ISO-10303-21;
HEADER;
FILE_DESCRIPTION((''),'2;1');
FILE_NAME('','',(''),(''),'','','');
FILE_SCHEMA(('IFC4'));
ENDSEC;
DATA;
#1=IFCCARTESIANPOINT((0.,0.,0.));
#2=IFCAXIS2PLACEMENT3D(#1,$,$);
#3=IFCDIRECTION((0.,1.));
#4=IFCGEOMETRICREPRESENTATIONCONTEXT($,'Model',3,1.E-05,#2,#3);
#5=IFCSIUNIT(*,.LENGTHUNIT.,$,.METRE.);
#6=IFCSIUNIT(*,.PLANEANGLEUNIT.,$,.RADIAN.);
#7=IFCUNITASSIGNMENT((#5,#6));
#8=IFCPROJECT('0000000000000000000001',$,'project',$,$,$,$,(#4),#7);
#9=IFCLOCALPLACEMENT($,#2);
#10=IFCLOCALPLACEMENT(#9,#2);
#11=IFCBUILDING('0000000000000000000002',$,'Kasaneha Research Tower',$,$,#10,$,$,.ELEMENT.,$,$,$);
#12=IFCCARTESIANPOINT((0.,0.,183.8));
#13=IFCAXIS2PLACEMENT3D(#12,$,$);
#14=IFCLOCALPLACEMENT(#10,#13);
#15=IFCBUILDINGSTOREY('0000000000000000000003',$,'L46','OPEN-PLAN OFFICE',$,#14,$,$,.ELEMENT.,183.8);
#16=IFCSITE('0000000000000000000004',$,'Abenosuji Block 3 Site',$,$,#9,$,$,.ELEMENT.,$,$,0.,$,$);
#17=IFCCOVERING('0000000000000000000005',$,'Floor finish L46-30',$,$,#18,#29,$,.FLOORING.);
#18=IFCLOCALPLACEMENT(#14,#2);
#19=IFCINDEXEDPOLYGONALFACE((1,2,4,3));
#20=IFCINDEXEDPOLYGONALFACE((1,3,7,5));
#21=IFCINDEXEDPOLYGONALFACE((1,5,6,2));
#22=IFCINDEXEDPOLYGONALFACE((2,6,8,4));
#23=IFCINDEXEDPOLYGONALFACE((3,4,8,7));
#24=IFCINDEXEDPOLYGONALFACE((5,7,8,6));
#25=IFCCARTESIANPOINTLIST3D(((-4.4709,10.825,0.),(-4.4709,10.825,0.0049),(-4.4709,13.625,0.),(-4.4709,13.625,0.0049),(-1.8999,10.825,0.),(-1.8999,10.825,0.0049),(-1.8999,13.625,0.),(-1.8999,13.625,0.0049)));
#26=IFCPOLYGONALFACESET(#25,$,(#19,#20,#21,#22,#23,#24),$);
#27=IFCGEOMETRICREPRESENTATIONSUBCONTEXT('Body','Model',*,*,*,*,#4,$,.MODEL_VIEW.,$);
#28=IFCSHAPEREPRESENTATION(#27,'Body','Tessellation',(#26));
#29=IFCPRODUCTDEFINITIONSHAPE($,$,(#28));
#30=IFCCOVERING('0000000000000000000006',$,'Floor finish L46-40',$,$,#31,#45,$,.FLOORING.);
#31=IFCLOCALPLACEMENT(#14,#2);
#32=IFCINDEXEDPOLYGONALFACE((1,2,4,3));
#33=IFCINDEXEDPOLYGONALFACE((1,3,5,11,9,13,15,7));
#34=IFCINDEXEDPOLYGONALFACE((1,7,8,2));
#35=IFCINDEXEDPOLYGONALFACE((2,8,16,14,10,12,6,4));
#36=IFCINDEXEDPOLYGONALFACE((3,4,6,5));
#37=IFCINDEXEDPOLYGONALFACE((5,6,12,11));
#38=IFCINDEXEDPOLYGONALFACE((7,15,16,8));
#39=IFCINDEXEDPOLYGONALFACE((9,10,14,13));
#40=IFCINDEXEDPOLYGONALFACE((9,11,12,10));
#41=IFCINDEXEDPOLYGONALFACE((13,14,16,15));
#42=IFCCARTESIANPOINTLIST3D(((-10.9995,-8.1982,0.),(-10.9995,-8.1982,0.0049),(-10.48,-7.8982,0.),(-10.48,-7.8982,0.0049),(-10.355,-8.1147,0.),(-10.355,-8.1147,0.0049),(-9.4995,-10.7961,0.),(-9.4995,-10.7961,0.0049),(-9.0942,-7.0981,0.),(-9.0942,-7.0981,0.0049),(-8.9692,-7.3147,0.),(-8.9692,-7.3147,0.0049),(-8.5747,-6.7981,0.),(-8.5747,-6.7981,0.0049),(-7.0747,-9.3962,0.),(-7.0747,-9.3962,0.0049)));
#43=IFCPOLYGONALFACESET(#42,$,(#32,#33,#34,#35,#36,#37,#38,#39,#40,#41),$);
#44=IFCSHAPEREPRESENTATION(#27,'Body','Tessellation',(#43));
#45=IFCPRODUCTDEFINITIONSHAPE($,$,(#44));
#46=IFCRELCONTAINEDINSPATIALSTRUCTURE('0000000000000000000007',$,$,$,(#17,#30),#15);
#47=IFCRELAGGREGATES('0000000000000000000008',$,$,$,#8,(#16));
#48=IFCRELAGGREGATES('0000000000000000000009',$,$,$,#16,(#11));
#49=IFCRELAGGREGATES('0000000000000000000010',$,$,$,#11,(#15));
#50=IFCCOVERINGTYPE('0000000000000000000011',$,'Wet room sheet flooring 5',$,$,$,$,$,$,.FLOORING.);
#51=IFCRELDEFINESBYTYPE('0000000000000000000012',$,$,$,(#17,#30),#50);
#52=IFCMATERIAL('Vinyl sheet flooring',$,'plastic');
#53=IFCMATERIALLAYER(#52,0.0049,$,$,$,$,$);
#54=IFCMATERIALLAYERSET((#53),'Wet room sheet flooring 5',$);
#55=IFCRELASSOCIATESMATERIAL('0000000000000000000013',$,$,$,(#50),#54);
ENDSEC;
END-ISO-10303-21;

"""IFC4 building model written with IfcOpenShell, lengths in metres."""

from ifc_helpers import new_model, si_unit, direction, frame, origin, place, context, subcontext, project, spatial, polyline, outline, extrude, material, layer, layer_set, type_object, element, save


model = new_model("IFC4")

# Units and contexts
model_context = context("Model", 3, precision=1e-05, world=origin(), true_north=direction((0.0, 1.0)))
body_context = subcontext(model_context, "Body", "Model", "MODEL_VIEW")
ifc_project = project(units=[si_unit("LENGTHUNIT", "METRE"), si_unit("PLANEANGLEUNIT", "RADIAN")], contexts=[model_context])

# Site, building, storey
site_placement = place(None, origin())
site = spatial("IfcSite", under=ifc_project, at=site_placement, Name="Abenosuji Block 3 Site", CompositionType="ELEMENT", RefElevation=0.0)
building_placement = place(site_placement, origin())
building = spatial("IfcBuilding", under=site, at=building_placement, Name="Kasaneha Research Tower", CompositionType="ELEMENT")
storey_placement = place(building_placement, frame((0.0, 0.0, 183.8)))
storey = spatial("IfcBuildingStorey", under=building, at=storey_placement, Name="L46", Description="OPEN-PLAN OFFICE", CompositionType="ELEMENT", Elevation=183.8)

# Coverings
ifc_material_1 = material(Name="Vinyl sheet flooring", Category="plastic")
ifc_layer_1 = layer(ifc_material_1, 0.0049)
ifc_layer_set_1 = layer_set([ifc_layer_1], Name="Wet room sheet flooring 5")
covering_type_1 = type_object("IfcCoveringType", Name="Wet room sheet flooring 5", PredefinedType="FLOORING", material=ifc_layer_set_1)
covering_1_placement = place(storey_placement, origin())
element("IfcCovering", 1, at=covering_1_placement, inside=storey, type_object=covering_type_1, Name="Floor finish L46-30", PredefinedType="FLOORING", context=body_context, shape_type="SweptSolid", body=[
    extrude(outline(polyline([(-1.8999, 13.625), (-1.8999, 10.825), (-4.4709, 10.825), (-4.4709, 13.625), (-1.8999, 13.625)])), origin(), (0.0, 0.0, 1.0), 0.0049),
])
covering_2_placement = place(storey_placement, origin())
element("IfcCovering", 2, at=covering_2_placement, inside=storey, type_object=covering_type_1, Name="Floor finish L46-40", PredefinedType="FLOORING", context=body_context, shape_type="SweptSolid", body=[
    extrude(outline(polyline([(-10.9995, -8.1982), (-10.48, -7.8982), (-10.355, -8.1147), (-8.9692, -7.3147), (-9.0942, -7.0981), (-8.5747, -6.7981), (-7.0747, -9.3962), (-9.4995, -10.7961), (-10.9995, -8.1982)])), origin(), (0.0, 0.0, 1.0), 0.0049),
])

save(model, "model.ifc")
